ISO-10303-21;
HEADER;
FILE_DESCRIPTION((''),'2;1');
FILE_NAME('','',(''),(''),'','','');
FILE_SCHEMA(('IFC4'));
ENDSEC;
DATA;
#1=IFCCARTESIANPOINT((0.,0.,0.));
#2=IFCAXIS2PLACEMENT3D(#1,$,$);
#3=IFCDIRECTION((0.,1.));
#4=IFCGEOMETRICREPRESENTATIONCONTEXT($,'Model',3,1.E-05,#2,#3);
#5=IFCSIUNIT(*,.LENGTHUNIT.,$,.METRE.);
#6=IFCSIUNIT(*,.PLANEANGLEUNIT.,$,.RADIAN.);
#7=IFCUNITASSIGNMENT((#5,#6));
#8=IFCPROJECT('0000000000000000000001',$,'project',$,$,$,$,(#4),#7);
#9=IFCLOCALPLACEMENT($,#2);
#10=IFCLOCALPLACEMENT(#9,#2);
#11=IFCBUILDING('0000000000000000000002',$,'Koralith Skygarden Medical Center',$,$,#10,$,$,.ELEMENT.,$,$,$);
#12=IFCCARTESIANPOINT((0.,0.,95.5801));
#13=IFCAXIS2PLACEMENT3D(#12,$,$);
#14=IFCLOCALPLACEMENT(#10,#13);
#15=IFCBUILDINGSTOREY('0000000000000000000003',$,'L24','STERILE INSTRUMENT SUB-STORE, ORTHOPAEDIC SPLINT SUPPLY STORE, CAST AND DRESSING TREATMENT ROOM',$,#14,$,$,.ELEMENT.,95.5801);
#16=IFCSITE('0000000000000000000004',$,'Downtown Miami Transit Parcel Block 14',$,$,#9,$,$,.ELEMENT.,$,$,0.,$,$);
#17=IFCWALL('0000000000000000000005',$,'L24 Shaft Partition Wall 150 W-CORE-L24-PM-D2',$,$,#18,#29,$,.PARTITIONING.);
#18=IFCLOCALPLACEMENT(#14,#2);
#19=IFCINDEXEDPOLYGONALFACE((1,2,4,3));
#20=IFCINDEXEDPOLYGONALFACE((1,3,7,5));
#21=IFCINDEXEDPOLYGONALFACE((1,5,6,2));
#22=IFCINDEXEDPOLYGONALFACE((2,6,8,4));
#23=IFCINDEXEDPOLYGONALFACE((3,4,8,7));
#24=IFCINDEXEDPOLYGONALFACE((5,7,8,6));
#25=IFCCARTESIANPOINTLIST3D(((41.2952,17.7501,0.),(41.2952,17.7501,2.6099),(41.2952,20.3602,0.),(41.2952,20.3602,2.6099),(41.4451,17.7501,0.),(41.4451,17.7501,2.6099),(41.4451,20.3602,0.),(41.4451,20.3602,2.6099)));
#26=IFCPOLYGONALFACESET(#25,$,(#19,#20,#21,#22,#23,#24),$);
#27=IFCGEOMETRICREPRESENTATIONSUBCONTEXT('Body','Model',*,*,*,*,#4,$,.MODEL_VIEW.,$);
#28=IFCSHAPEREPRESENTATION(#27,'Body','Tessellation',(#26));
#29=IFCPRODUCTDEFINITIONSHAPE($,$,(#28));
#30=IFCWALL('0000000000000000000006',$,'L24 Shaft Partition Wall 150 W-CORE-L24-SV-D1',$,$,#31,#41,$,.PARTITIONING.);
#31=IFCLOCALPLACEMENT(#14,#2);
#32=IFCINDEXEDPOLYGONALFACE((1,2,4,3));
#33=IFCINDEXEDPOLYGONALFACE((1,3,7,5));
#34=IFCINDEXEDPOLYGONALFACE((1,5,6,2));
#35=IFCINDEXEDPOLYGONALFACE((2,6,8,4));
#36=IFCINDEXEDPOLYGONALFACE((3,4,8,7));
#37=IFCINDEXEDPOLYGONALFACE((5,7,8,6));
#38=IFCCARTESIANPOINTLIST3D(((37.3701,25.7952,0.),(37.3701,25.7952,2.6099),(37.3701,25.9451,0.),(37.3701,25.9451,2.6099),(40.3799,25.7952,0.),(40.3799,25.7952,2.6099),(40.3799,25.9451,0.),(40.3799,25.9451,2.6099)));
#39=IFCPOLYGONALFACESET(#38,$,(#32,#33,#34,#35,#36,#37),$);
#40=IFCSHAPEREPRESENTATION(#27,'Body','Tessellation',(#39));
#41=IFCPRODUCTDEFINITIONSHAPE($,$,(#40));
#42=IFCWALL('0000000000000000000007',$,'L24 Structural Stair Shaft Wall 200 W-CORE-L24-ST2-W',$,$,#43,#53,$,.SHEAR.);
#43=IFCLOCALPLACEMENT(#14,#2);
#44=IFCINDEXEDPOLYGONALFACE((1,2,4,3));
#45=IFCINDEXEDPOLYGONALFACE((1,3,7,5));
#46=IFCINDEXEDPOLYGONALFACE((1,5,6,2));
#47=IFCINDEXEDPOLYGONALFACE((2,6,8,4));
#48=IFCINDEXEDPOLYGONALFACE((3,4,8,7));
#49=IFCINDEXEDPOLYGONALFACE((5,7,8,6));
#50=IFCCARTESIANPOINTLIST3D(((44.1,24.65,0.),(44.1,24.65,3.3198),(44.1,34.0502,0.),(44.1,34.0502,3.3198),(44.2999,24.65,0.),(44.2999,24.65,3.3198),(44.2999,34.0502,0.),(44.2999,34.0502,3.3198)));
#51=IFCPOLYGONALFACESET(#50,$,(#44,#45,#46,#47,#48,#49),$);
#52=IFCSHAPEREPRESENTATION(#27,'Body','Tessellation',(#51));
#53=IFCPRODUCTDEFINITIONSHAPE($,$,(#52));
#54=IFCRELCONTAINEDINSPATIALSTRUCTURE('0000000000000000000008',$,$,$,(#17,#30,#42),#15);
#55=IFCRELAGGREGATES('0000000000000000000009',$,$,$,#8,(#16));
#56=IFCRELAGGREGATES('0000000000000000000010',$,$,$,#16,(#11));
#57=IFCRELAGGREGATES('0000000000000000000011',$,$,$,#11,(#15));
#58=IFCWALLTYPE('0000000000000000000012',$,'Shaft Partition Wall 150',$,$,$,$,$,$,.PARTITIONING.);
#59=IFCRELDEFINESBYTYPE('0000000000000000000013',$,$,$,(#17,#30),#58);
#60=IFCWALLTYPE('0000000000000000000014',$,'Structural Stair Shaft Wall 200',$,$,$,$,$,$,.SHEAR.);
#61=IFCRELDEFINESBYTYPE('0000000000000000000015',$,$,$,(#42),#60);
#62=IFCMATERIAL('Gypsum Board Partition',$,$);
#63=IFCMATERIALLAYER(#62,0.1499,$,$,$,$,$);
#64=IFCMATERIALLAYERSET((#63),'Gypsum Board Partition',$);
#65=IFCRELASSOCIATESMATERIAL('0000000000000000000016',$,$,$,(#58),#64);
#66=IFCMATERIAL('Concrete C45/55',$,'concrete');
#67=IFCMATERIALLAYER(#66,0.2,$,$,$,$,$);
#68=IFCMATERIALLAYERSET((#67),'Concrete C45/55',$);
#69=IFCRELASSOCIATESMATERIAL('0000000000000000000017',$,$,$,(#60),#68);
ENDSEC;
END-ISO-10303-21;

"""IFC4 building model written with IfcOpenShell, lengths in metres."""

from ifc_helpers import new_model, si_unit, direction, frame, frame_2d, origin, place, context, subcontext, project, spatial, rectangle, extrude, material, layer, layer_set, type_object, element, save


model = new_model("IFC4")

# Units and contexts
model_context = context("Model", 3, precision=1e-05, world=origin(), true_north=direction((0.0, 1.0)))
body_context = subcontext(model_context, "Body", "Model", "MODEL_VIEW")
ifc_project = project(units=[si_unit("LENGTHUNIT", "METRE"), si_unit("PLANEANGLEUNIT", "RADIAN")], contexts=[model_context])

# Site, building, storey
site_placement = place(None, origin())
site = spatial("IfcSite", under=ifc_project, at=site_placement, Name="Downtown Miami Transit Parcel Block 14", CompositionType="ELEMENT", RefElevation=0.0)
building_placement = place(site_placement, origin())
building = spatial("IfcBuilding", under=site, at=building_placement, Name="Koralith Skygarden Medical Center", CompositionType="ELEMENT")
storey_placement = place(building_placement, frame((0.0, 0.0, 95.5801)))
storey = spatial("IfcBuildingStorey", under=building, at=storey_placement, Name="L24", Description="STERILE INSTRUMENT SUB-STORE, ORTHOPAEDIC SPLINT SUPPLY STORE, CAST AND DRESSING TREATMENT ROOM", CompositionType="ELEMENT", Elevation=95.5801)

# Shared definitions
ifc_material_1 = material(Name="Concrete C45/55", Category="concrete")

# Shared definitions
ifc_material_2 = material(Name="Gypsum Board Partition")

# Walls
ifc_layer_1 = layer(ifc_material_2, 0.1499)
ifc_layer_set_1 = layer_set([ifc_layer_1], Name="Gypsum Board Partition")
wall_type_1 = type_object("IfcWallType", Name="Shaft Partition Wall 150", PredefinedType="PARTITIONING", material=ifc_layer_set_1)
for number, where, z_axis, x_axis, name in (
    (1, (41.3701, 17.75, 0.0), (0.0, 0.0, 1.0), (0.0, 1.0, 0.0), "L24 Shaft Partition Wall 150 W-CORE-L24-PM-D2"),
):
    element("IfcWall", number, at=place(storey_placement, frame(where, z_axis=z_axis, x_axis=x_axis)), inside=storey, type_object=wall_type_1, Name=name, PredefinedType="PARTITIONING", context=body_context, shape_type="SweptSolid", body=[
        extrude(rectangle(XDim=2.6101, YDim=0.1499, at=frame_2d((1.3052, 0.0))), origin(), (0.0, 0.0, 1.0), 2.6099),
    ])
wall_1_placement = place(storey_placement, frame((37.3701, 25.8701, 0.0), z_axis=(0.0, 0.0, 1.0), x_axis=(1.0, 0.0, 0.0)))
element("IfcWall", 2, at=wall_1_placement, inside=storey, type_object=wall_type_1, Name="L24 Shaft Partition Wall 150 W-CORE-L24-SV-D1", PredefinedType="PARTITIONING", context=body_context, shape_type="SweptSolid", body=[
    extrude(rectangle(XDim=3.0098, YDim=0.1499, at=frame_2d((1.5049, 0.0))), origin(), (0.0, 0.0, 1.0), 2.6099),
])
ifc_layer_2 = layer(ifc_material_1, 0.2)
ifc_layer_set_2 = layer_set([ifc_layer_2], Name="Concrete C45/55")
wall_type_2 = type_object("IfcWallType", Name="Structural Stair Shaft Wall 200", PredefinedType="SHEAR", material=ifc_layer_set_2)
wall_2_placement = place(storey_placement, frame((44.2, 24.6499, 0.0), z_axis=(0.0, 0.0, 1.0), x_axis=(0.0, 1.0, 0.0)))
element("IfcWall", 3, at=wall_2_placement, inside=storey, type_object=wall_type_2, Name="L24 Structural Stair Shaft Wall 200 W-CORE-L24-ST2-W", PredefinedType="SHEAR", context=body_context, shape_type="SweptSolid", body=[
    extrude(rectangle(XDim=9.4001, YDim=0.2, at=frame_2d((4.7002, 0.0))), origin(), (0.0, 0.0, 1.0), 3.3198),
])

save(model, "model.ifc")
